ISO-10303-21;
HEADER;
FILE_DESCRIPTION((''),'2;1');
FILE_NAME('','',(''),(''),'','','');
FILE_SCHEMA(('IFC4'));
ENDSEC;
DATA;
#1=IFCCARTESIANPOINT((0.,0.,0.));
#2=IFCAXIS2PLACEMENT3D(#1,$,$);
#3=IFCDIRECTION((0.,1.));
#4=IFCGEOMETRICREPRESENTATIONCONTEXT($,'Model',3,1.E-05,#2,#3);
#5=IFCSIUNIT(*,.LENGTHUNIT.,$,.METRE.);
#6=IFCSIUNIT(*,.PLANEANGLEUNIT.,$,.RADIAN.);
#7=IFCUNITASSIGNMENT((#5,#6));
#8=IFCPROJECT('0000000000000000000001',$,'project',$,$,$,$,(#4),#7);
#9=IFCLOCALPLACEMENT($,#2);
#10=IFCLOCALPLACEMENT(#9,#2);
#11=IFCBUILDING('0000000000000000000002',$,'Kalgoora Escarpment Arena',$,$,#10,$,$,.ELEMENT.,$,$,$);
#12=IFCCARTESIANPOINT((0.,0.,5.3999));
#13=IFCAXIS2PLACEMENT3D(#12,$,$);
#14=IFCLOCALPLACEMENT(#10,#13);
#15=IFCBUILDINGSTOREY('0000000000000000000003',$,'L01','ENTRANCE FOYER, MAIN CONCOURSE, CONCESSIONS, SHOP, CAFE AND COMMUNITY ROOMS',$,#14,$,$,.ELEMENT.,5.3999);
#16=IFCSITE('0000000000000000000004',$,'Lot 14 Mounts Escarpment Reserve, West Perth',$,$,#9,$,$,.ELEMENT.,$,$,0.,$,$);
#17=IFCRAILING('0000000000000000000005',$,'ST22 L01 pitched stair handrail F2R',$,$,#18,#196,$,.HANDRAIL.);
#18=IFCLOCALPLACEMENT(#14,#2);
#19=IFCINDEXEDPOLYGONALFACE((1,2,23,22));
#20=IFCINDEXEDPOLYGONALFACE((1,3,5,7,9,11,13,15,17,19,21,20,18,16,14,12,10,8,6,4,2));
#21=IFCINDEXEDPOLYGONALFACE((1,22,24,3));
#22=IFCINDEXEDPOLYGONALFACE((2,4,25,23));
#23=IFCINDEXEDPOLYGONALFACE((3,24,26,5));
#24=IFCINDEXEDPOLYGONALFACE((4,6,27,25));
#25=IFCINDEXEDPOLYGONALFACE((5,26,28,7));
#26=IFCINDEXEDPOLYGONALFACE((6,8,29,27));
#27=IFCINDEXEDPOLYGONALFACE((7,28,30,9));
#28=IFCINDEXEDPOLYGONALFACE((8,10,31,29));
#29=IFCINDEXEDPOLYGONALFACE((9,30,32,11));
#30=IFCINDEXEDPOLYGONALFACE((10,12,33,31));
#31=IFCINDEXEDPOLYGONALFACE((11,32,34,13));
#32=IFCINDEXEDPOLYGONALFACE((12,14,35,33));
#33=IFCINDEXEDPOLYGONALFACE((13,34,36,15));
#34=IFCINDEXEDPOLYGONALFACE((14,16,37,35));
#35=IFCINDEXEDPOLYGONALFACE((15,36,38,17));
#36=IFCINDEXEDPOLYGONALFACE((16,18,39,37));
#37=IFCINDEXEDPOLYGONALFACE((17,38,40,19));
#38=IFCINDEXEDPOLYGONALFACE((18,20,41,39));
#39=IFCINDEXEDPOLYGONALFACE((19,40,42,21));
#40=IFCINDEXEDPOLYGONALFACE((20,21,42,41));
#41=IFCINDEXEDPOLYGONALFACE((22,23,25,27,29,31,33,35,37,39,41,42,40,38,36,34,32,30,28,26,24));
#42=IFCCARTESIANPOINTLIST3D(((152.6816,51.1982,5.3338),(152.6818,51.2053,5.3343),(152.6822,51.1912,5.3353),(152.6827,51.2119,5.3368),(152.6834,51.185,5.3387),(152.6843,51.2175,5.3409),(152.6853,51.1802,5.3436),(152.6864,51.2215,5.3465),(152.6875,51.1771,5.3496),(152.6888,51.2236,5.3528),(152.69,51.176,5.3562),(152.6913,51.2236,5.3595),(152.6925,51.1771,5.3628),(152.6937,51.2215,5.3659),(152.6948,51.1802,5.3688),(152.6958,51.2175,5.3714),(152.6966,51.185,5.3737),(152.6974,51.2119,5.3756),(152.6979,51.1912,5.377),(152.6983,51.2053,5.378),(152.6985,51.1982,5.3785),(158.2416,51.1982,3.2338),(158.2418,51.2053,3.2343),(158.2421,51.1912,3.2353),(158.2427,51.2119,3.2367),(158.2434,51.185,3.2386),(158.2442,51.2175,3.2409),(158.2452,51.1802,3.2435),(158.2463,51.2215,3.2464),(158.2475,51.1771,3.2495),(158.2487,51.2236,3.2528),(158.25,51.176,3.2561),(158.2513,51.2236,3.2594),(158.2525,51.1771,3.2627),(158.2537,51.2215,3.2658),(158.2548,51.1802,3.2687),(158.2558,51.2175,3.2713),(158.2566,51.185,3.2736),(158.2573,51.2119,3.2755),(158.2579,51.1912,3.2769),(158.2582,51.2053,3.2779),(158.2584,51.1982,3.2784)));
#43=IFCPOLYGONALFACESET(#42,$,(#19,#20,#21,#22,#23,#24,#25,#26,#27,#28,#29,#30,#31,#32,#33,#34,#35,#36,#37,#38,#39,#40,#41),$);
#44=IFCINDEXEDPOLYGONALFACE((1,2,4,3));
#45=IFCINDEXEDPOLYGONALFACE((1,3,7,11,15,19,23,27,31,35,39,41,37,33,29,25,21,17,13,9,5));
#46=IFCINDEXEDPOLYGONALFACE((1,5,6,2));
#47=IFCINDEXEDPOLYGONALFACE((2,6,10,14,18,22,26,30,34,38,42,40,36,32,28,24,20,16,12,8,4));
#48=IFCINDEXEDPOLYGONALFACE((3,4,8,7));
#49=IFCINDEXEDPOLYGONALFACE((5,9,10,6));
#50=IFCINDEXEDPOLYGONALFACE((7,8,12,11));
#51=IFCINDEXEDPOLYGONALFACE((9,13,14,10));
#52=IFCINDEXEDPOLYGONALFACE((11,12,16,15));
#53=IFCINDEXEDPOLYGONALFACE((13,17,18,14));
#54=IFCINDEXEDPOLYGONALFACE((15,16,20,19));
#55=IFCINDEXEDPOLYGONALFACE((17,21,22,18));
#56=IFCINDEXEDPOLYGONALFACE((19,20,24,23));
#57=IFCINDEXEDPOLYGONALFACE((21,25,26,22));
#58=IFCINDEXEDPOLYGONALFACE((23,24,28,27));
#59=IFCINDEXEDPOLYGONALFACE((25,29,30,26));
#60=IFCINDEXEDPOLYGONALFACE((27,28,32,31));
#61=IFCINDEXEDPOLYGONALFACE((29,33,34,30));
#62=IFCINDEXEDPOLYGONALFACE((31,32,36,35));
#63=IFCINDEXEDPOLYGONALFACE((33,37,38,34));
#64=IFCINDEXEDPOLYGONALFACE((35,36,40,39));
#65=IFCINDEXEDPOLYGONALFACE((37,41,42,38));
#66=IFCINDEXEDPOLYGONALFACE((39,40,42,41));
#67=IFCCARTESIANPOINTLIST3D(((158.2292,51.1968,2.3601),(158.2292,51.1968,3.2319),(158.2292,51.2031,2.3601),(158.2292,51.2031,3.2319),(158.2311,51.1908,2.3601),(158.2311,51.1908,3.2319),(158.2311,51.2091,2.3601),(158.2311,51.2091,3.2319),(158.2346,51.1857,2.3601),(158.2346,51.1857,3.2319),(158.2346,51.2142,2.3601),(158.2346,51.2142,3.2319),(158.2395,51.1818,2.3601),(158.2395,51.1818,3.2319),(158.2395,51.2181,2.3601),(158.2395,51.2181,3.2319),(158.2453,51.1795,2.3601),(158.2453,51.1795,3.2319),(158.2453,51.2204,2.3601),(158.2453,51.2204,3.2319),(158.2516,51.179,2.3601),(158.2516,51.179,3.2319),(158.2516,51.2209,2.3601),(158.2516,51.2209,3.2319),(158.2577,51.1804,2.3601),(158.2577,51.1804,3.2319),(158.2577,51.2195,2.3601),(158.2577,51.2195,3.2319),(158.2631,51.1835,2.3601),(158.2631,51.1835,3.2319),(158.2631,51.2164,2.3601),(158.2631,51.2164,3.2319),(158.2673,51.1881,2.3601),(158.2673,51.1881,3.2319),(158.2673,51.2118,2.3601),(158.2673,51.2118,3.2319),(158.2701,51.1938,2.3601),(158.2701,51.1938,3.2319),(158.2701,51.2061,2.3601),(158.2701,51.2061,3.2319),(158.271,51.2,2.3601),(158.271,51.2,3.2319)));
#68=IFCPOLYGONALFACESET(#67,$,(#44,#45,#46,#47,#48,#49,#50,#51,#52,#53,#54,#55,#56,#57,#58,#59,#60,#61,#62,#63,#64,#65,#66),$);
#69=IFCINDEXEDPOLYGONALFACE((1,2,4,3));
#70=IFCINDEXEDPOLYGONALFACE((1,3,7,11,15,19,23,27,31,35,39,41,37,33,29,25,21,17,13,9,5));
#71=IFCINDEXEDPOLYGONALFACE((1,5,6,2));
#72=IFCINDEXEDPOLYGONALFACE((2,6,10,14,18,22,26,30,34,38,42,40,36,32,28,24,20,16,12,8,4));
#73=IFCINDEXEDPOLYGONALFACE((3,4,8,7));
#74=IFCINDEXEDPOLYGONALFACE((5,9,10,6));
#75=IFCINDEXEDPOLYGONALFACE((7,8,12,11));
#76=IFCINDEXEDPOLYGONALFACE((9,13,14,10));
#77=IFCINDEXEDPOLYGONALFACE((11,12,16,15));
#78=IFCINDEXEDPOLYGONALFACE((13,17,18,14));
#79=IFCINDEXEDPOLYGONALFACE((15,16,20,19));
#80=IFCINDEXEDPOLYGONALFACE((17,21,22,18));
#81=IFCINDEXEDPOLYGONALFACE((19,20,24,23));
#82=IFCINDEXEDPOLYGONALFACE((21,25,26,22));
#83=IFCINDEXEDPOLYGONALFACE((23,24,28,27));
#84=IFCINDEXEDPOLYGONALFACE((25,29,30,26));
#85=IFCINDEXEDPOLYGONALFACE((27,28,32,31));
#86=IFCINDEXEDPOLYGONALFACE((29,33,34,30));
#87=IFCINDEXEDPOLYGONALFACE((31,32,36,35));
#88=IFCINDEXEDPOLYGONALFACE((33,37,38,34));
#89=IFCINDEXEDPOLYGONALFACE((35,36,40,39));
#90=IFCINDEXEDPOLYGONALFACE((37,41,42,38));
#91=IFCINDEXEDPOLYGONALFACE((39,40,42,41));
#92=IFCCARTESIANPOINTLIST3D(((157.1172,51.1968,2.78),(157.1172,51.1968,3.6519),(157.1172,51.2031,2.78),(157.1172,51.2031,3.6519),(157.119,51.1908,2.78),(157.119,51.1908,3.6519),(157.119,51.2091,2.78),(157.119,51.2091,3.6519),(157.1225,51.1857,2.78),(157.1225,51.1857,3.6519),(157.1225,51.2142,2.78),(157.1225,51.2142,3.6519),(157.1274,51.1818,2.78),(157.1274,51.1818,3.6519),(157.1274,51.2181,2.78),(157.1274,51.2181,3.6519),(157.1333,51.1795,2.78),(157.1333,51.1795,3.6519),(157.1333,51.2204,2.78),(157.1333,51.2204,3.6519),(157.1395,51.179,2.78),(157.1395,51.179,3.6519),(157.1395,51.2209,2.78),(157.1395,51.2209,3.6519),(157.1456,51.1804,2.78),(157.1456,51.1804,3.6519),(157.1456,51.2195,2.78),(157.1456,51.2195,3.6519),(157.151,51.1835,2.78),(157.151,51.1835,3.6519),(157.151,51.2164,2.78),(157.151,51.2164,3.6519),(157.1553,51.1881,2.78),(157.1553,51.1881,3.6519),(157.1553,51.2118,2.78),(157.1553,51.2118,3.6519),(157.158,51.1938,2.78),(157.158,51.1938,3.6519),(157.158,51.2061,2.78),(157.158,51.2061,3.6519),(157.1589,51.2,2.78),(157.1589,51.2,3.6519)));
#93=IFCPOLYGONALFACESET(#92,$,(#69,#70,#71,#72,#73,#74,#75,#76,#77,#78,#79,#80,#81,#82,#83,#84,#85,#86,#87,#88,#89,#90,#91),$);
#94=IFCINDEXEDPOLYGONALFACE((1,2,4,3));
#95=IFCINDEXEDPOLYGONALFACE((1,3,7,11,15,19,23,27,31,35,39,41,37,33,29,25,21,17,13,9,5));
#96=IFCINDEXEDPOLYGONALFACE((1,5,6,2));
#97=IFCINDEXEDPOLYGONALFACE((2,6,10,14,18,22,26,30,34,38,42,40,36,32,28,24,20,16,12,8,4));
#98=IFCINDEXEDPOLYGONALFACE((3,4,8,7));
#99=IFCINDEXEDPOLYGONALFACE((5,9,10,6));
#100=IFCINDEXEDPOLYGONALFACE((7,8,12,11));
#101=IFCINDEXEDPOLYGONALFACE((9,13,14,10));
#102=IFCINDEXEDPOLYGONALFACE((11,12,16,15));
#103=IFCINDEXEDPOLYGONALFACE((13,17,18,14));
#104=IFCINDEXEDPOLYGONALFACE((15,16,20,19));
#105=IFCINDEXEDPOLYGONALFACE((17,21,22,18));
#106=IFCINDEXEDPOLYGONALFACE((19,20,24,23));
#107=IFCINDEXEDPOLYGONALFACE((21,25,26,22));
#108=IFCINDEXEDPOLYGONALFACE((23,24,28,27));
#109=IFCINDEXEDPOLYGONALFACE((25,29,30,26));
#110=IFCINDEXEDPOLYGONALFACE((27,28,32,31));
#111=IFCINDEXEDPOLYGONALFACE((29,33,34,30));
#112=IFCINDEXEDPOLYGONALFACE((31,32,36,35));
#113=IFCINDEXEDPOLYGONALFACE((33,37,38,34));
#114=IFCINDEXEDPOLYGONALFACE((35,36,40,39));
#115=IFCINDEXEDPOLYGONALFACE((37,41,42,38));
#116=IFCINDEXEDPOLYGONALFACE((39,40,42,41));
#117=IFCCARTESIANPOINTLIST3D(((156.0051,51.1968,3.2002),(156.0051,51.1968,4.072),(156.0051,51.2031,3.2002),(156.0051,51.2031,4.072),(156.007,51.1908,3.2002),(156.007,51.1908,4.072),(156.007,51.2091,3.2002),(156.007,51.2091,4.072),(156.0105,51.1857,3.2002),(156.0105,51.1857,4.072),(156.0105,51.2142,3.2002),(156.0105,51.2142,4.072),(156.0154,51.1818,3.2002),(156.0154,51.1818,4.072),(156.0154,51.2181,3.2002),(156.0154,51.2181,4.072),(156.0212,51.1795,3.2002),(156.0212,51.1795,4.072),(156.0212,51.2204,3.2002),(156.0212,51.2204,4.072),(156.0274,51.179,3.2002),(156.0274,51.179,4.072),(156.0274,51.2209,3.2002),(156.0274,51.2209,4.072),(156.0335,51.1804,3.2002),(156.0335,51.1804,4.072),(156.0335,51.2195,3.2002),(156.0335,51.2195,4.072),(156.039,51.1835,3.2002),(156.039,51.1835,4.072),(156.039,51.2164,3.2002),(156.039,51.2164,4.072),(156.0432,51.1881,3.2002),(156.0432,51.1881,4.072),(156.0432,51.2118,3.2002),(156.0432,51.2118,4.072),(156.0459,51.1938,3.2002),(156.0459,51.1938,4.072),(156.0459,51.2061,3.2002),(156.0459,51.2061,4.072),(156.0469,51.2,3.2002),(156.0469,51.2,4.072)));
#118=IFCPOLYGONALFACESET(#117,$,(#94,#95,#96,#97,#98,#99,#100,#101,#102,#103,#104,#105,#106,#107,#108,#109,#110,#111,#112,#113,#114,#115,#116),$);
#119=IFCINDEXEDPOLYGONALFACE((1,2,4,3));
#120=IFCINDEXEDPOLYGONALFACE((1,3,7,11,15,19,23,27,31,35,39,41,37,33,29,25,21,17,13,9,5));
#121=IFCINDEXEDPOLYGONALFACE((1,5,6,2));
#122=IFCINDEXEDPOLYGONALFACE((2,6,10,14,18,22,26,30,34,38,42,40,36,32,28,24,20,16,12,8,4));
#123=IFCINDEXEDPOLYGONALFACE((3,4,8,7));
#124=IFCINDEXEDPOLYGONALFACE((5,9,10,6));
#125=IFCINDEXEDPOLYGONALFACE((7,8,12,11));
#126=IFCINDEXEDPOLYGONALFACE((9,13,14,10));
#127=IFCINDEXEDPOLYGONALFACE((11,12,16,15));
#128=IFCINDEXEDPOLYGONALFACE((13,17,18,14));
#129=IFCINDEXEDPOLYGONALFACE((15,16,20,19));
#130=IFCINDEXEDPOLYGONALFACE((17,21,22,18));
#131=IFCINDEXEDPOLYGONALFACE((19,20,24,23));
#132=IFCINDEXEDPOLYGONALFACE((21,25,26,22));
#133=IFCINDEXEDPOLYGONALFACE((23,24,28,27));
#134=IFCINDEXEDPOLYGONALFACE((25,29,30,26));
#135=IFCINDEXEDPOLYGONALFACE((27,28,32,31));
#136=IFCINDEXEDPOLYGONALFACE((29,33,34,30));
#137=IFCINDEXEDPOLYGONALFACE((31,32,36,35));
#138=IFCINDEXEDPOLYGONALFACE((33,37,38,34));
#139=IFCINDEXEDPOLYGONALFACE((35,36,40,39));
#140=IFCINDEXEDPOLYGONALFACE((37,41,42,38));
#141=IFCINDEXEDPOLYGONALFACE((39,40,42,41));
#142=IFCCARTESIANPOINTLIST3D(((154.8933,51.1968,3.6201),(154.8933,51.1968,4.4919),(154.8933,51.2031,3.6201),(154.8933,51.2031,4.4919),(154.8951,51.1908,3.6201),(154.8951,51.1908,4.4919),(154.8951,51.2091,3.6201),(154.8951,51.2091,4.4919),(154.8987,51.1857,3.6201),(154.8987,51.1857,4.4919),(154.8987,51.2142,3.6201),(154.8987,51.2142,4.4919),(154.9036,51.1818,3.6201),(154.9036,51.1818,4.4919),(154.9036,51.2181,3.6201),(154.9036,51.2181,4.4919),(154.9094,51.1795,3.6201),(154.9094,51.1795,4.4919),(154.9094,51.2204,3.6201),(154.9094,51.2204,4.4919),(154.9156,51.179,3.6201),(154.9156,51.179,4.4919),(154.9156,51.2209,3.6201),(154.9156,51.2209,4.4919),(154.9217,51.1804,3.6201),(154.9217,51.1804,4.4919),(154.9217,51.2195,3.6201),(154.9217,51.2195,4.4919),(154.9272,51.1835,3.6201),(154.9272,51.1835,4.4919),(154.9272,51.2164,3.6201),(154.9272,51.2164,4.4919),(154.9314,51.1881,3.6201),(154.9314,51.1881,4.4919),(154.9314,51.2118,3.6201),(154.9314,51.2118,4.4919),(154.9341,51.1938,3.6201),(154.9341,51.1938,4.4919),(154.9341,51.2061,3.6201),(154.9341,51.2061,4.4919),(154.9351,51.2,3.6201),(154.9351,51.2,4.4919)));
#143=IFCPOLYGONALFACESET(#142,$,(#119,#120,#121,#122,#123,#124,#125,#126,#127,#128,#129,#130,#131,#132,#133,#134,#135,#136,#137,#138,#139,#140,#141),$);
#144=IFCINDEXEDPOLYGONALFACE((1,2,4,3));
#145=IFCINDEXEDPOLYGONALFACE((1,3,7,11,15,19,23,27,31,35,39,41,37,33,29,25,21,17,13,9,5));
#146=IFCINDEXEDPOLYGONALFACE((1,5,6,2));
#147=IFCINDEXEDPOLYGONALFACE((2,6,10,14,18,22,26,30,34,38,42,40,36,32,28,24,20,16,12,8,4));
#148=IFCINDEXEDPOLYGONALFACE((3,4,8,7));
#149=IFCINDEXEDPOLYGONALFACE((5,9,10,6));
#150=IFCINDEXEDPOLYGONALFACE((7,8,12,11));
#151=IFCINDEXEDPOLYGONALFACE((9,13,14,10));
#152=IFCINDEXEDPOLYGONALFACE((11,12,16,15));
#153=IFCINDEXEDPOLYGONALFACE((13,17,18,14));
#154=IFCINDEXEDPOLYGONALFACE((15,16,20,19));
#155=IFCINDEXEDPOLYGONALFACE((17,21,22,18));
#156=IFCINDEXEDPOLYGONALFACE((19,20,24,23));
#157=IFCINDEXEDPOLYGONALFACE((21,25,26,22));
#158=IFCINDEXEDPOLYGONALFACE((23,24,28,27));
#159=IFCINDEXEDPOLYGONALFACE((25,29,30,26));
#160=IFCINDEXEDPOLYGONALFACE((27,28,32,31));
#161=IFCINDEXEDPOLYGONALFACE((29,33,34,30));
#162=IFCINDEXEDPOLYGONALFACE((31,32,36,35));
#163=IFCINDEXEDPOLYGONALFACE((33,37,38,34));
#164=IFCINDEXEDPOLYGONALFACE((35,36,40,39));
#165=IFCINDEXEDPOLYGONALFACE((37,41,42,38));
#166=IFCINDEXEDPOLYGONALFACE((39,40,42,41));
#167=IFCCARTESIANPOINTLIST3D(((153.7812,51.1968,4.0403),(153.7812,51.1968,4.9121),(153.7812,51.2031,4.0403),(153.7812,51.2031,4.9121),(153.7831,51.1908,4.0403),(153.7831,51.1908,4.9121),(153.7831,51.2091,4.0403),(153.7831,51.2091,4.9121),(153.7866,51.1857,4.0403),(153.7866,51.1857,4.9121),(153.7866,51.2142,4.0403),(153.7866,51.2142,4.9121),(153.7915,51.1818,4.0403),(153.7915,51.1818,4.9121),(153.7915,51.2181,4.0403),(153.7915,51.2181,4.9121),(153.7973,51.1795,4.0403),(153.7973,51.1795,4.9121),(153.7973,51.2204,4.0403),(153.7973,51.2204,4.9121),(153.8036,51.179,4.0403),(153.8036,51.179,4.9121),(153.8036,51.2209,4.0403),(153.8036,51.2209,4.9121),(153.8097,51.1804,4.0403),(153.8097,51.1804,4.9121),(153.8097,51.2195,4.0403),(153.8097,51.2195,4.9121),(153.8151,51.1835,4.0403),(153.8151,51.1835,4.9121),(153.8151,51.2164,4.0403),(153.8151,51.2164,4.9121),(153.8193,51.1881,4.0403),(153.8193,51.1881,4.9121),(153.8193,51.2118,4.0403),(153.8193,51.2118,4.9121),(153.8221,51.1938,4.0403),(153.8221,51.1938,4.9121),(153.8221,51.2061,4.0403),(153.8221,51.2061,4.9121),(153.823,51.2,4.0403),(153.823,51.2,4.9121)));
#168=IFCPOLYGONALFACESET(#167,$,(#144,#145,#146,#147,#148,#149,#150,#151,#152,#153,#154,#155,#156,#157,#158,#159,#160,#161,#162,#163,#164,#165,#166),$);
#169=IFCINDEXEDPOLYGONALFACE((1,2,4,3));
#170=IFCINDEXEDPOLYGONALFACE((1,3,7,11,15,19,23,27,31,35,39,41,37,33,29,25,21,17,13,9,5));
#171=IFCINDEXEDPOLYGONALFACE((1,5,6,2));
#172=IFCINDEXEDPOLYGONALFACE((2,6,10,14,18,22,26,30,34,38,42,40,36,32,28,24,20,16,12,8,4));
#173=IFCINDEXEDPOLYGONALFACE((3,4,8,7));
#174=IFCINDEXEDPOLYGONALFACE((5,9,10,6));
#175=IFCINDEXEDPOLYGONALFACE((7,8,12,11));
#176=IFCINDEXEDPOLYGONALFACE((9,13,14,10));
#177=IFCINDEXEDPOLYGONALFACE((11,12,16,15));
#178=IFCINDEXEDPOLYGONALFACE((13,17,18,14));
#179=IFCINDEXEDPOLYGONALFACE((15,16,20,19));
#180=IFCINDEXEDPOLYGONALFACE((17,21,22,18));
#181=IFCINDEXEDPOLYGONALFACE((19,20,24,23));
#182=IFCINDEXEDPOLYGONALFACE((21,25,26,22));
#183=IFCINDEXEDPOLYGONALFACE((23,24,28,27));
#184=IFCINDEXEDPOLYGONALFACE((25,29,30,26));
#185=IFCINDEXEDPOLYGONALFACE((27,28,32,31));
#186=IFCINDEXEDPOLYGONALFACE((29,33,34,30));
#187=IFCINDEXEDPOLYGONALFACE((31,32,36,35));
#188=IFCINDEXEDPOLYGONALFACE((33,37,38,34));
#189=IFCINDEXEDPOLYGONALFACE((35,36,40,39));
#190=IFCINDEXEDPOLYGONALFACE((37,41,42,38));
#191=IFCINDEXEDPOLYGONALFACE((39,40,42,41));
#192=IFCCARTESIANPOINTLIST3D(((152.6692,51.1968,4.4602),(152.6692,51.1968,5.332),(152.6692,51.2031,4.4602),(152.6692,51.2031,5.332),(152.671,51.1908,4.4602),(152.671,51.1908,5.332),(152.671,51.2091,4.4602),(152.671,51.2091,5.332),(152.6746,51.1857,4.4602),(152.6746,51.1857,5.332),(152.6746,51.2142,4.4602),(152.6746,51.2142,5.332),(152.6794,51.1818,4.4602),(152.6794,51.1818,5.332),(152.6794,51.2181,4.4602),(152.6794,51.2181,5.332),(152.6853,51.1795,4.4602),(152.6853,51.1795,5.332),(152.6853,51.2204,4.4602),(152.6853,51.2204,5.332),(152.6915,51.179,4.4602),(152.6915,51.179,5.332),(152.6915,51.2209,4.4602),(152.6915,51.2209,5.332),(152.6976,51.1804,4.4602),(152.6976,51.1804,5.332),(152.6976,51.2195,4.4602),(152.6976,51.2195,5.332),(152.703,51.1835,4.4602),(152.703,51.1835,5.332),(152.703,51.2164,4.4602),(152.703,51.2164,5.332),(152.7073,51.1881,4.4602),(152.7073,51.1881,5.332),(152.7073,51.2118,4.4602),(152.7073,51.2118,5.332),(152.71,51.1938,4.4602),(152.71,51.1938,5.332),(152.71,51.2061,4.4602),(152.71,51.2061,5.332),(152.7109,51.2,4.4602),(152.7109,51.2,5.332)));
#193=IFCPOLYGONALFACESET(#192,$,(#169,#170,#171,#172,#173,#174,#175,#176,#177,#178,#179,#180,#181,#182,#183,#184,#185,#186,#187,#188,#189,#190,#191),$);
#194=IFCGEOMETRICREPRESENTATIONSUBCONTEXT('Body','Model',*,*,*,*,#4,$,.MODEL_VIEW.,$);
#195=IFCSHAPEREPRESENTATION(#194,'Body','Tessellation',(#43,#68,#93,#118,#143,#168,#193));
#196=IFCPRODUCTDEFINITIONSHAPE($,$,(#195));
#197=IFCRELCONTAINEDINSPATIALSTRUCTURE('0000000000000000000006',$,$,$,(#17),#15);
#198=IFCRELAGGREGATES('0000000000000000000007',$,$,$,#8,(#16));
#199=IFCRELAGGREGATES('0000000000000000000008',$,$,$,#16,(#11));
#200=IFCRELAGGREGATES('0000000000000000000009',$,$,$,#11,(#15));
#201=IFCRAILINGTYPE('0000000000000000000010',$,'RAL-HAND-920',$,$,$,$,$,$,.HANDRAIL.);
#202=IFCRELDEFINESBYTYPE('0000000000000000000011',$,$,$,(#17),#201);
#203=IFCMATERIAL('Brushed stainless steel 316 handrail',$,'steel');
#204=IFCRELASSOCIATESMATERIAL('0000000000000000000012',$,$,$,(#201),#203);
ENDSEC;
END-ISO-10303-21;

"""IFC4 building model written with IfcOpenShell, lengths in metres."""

from ifc_helpers import new_model, si_unit, direction, frame, origin, origin_2d, place, context, subcontext, project, spatial, circle, extrude, material, type_object, element, save


model = new_model("IFC4")

# Units and contexts
model_context = context("Model", 3, precision=1e-05, world=origin(), true_north=direction((0.0, 1.0)))
body_context = subcontext(model_context, "Body", "Model", "MODEL_VIEW")
ifc_project = project(units=[si_unit("LENGTHUNIT", "METRE"), si_unit("PLANEANGLEUNIT", "RADIAN")], contexts=[model_context])

# Site, building, storey
site_placement = place(None, origin())
site = spatial("IfcSite", under=ifc_project, at=site_placement, Name="Lot 14 Mounts Escarpment Reserve, West Perth", CompositionType="ELEMENT", RefElevation=0.0)
building_placement = place(site_placement, origin())
building = spatial("IfcBuilding", under=site, at=building_placement, Name="Kalgoora Escarpment Arena", CompositionType="ELEMENT")
storey_placement = place(building_placement, frame((0.0, 0.0, 5.3999)))
storey = spatial("IfcBuildingStorey", under=building, at=storey_placement, Name="L01", Description="ENTRANCE FOYER, MAIN CONCOURSE, CONCESSIONS, SHOP, CAFE AND COMMUNITY ROOMS", CompositionType="ELEMENT", Elevation=5.3999)

# Railing
ifc_material_1 = material(Name="Brushed stainless steel 316 handrail", Category="steel")
railing_type_1 = type_object("IfcRailingType", Name="RAL-HAND-920", PredefinedType="HANDRAIL", material=ifc_material_1)
for number, where, name in (
    (1, (158.25, 51.2, 2.3601), "ST22 L01 pitched stair handrail F2R"),
):
    element("IfcRailing", number, at=place(storey_placement, frame(where)), inside=storey, type_object=railing_type_1, Name=name, PredefinedType="HANDRAIL", context=body_context, shape_type="SweptSolid", body=[
        extrude(circle(Radius=0.0239, at=origin_2d()), frame((0.0, 0.0, 0.896), z_axis=(-0.935493, 0.0, 0.353346), x_axis=(0.0, -1.0, 0.0)), (0.0, 0.0, 1.0), 5.9434),
        extrude(circle(Radius=0.021, at=origin_2d()), origin(), (0.0, 0.0, 1.0), 0.8718),
        extrude(circle(Radius=0.021, at=origin_2d()), frame((-1.1121, 0.0, 0.4199)), (0.0, 0.0, 1.0), 0.8718),
        extrude(circle(Radius=0.021, at=origin_2d()), frame((-2.2241, 0.0, 0.8401)), (0.0, 0.0, 1.0), 0.8718),
        extrude(circle(Radius=0.021, at=origin_2d()), frame((-3.3359, 0.0, 1.26)), (0.0, 0.0, 1.0), 0.8718),
        extrude(circle(Radius=0.021, at=origin_2d()), frame((-4.448, 0.0, 1.6802)), (0.0, 0.0, 1.0), 0.8718),
        extrude(circle(Radius=0.021, at=origin_2d()), frame((-5.5601, 0.0, 2.1001)), (0.0, 0.0, 1.0), 0.8718),
    ])

save(model, "model.ifc")
